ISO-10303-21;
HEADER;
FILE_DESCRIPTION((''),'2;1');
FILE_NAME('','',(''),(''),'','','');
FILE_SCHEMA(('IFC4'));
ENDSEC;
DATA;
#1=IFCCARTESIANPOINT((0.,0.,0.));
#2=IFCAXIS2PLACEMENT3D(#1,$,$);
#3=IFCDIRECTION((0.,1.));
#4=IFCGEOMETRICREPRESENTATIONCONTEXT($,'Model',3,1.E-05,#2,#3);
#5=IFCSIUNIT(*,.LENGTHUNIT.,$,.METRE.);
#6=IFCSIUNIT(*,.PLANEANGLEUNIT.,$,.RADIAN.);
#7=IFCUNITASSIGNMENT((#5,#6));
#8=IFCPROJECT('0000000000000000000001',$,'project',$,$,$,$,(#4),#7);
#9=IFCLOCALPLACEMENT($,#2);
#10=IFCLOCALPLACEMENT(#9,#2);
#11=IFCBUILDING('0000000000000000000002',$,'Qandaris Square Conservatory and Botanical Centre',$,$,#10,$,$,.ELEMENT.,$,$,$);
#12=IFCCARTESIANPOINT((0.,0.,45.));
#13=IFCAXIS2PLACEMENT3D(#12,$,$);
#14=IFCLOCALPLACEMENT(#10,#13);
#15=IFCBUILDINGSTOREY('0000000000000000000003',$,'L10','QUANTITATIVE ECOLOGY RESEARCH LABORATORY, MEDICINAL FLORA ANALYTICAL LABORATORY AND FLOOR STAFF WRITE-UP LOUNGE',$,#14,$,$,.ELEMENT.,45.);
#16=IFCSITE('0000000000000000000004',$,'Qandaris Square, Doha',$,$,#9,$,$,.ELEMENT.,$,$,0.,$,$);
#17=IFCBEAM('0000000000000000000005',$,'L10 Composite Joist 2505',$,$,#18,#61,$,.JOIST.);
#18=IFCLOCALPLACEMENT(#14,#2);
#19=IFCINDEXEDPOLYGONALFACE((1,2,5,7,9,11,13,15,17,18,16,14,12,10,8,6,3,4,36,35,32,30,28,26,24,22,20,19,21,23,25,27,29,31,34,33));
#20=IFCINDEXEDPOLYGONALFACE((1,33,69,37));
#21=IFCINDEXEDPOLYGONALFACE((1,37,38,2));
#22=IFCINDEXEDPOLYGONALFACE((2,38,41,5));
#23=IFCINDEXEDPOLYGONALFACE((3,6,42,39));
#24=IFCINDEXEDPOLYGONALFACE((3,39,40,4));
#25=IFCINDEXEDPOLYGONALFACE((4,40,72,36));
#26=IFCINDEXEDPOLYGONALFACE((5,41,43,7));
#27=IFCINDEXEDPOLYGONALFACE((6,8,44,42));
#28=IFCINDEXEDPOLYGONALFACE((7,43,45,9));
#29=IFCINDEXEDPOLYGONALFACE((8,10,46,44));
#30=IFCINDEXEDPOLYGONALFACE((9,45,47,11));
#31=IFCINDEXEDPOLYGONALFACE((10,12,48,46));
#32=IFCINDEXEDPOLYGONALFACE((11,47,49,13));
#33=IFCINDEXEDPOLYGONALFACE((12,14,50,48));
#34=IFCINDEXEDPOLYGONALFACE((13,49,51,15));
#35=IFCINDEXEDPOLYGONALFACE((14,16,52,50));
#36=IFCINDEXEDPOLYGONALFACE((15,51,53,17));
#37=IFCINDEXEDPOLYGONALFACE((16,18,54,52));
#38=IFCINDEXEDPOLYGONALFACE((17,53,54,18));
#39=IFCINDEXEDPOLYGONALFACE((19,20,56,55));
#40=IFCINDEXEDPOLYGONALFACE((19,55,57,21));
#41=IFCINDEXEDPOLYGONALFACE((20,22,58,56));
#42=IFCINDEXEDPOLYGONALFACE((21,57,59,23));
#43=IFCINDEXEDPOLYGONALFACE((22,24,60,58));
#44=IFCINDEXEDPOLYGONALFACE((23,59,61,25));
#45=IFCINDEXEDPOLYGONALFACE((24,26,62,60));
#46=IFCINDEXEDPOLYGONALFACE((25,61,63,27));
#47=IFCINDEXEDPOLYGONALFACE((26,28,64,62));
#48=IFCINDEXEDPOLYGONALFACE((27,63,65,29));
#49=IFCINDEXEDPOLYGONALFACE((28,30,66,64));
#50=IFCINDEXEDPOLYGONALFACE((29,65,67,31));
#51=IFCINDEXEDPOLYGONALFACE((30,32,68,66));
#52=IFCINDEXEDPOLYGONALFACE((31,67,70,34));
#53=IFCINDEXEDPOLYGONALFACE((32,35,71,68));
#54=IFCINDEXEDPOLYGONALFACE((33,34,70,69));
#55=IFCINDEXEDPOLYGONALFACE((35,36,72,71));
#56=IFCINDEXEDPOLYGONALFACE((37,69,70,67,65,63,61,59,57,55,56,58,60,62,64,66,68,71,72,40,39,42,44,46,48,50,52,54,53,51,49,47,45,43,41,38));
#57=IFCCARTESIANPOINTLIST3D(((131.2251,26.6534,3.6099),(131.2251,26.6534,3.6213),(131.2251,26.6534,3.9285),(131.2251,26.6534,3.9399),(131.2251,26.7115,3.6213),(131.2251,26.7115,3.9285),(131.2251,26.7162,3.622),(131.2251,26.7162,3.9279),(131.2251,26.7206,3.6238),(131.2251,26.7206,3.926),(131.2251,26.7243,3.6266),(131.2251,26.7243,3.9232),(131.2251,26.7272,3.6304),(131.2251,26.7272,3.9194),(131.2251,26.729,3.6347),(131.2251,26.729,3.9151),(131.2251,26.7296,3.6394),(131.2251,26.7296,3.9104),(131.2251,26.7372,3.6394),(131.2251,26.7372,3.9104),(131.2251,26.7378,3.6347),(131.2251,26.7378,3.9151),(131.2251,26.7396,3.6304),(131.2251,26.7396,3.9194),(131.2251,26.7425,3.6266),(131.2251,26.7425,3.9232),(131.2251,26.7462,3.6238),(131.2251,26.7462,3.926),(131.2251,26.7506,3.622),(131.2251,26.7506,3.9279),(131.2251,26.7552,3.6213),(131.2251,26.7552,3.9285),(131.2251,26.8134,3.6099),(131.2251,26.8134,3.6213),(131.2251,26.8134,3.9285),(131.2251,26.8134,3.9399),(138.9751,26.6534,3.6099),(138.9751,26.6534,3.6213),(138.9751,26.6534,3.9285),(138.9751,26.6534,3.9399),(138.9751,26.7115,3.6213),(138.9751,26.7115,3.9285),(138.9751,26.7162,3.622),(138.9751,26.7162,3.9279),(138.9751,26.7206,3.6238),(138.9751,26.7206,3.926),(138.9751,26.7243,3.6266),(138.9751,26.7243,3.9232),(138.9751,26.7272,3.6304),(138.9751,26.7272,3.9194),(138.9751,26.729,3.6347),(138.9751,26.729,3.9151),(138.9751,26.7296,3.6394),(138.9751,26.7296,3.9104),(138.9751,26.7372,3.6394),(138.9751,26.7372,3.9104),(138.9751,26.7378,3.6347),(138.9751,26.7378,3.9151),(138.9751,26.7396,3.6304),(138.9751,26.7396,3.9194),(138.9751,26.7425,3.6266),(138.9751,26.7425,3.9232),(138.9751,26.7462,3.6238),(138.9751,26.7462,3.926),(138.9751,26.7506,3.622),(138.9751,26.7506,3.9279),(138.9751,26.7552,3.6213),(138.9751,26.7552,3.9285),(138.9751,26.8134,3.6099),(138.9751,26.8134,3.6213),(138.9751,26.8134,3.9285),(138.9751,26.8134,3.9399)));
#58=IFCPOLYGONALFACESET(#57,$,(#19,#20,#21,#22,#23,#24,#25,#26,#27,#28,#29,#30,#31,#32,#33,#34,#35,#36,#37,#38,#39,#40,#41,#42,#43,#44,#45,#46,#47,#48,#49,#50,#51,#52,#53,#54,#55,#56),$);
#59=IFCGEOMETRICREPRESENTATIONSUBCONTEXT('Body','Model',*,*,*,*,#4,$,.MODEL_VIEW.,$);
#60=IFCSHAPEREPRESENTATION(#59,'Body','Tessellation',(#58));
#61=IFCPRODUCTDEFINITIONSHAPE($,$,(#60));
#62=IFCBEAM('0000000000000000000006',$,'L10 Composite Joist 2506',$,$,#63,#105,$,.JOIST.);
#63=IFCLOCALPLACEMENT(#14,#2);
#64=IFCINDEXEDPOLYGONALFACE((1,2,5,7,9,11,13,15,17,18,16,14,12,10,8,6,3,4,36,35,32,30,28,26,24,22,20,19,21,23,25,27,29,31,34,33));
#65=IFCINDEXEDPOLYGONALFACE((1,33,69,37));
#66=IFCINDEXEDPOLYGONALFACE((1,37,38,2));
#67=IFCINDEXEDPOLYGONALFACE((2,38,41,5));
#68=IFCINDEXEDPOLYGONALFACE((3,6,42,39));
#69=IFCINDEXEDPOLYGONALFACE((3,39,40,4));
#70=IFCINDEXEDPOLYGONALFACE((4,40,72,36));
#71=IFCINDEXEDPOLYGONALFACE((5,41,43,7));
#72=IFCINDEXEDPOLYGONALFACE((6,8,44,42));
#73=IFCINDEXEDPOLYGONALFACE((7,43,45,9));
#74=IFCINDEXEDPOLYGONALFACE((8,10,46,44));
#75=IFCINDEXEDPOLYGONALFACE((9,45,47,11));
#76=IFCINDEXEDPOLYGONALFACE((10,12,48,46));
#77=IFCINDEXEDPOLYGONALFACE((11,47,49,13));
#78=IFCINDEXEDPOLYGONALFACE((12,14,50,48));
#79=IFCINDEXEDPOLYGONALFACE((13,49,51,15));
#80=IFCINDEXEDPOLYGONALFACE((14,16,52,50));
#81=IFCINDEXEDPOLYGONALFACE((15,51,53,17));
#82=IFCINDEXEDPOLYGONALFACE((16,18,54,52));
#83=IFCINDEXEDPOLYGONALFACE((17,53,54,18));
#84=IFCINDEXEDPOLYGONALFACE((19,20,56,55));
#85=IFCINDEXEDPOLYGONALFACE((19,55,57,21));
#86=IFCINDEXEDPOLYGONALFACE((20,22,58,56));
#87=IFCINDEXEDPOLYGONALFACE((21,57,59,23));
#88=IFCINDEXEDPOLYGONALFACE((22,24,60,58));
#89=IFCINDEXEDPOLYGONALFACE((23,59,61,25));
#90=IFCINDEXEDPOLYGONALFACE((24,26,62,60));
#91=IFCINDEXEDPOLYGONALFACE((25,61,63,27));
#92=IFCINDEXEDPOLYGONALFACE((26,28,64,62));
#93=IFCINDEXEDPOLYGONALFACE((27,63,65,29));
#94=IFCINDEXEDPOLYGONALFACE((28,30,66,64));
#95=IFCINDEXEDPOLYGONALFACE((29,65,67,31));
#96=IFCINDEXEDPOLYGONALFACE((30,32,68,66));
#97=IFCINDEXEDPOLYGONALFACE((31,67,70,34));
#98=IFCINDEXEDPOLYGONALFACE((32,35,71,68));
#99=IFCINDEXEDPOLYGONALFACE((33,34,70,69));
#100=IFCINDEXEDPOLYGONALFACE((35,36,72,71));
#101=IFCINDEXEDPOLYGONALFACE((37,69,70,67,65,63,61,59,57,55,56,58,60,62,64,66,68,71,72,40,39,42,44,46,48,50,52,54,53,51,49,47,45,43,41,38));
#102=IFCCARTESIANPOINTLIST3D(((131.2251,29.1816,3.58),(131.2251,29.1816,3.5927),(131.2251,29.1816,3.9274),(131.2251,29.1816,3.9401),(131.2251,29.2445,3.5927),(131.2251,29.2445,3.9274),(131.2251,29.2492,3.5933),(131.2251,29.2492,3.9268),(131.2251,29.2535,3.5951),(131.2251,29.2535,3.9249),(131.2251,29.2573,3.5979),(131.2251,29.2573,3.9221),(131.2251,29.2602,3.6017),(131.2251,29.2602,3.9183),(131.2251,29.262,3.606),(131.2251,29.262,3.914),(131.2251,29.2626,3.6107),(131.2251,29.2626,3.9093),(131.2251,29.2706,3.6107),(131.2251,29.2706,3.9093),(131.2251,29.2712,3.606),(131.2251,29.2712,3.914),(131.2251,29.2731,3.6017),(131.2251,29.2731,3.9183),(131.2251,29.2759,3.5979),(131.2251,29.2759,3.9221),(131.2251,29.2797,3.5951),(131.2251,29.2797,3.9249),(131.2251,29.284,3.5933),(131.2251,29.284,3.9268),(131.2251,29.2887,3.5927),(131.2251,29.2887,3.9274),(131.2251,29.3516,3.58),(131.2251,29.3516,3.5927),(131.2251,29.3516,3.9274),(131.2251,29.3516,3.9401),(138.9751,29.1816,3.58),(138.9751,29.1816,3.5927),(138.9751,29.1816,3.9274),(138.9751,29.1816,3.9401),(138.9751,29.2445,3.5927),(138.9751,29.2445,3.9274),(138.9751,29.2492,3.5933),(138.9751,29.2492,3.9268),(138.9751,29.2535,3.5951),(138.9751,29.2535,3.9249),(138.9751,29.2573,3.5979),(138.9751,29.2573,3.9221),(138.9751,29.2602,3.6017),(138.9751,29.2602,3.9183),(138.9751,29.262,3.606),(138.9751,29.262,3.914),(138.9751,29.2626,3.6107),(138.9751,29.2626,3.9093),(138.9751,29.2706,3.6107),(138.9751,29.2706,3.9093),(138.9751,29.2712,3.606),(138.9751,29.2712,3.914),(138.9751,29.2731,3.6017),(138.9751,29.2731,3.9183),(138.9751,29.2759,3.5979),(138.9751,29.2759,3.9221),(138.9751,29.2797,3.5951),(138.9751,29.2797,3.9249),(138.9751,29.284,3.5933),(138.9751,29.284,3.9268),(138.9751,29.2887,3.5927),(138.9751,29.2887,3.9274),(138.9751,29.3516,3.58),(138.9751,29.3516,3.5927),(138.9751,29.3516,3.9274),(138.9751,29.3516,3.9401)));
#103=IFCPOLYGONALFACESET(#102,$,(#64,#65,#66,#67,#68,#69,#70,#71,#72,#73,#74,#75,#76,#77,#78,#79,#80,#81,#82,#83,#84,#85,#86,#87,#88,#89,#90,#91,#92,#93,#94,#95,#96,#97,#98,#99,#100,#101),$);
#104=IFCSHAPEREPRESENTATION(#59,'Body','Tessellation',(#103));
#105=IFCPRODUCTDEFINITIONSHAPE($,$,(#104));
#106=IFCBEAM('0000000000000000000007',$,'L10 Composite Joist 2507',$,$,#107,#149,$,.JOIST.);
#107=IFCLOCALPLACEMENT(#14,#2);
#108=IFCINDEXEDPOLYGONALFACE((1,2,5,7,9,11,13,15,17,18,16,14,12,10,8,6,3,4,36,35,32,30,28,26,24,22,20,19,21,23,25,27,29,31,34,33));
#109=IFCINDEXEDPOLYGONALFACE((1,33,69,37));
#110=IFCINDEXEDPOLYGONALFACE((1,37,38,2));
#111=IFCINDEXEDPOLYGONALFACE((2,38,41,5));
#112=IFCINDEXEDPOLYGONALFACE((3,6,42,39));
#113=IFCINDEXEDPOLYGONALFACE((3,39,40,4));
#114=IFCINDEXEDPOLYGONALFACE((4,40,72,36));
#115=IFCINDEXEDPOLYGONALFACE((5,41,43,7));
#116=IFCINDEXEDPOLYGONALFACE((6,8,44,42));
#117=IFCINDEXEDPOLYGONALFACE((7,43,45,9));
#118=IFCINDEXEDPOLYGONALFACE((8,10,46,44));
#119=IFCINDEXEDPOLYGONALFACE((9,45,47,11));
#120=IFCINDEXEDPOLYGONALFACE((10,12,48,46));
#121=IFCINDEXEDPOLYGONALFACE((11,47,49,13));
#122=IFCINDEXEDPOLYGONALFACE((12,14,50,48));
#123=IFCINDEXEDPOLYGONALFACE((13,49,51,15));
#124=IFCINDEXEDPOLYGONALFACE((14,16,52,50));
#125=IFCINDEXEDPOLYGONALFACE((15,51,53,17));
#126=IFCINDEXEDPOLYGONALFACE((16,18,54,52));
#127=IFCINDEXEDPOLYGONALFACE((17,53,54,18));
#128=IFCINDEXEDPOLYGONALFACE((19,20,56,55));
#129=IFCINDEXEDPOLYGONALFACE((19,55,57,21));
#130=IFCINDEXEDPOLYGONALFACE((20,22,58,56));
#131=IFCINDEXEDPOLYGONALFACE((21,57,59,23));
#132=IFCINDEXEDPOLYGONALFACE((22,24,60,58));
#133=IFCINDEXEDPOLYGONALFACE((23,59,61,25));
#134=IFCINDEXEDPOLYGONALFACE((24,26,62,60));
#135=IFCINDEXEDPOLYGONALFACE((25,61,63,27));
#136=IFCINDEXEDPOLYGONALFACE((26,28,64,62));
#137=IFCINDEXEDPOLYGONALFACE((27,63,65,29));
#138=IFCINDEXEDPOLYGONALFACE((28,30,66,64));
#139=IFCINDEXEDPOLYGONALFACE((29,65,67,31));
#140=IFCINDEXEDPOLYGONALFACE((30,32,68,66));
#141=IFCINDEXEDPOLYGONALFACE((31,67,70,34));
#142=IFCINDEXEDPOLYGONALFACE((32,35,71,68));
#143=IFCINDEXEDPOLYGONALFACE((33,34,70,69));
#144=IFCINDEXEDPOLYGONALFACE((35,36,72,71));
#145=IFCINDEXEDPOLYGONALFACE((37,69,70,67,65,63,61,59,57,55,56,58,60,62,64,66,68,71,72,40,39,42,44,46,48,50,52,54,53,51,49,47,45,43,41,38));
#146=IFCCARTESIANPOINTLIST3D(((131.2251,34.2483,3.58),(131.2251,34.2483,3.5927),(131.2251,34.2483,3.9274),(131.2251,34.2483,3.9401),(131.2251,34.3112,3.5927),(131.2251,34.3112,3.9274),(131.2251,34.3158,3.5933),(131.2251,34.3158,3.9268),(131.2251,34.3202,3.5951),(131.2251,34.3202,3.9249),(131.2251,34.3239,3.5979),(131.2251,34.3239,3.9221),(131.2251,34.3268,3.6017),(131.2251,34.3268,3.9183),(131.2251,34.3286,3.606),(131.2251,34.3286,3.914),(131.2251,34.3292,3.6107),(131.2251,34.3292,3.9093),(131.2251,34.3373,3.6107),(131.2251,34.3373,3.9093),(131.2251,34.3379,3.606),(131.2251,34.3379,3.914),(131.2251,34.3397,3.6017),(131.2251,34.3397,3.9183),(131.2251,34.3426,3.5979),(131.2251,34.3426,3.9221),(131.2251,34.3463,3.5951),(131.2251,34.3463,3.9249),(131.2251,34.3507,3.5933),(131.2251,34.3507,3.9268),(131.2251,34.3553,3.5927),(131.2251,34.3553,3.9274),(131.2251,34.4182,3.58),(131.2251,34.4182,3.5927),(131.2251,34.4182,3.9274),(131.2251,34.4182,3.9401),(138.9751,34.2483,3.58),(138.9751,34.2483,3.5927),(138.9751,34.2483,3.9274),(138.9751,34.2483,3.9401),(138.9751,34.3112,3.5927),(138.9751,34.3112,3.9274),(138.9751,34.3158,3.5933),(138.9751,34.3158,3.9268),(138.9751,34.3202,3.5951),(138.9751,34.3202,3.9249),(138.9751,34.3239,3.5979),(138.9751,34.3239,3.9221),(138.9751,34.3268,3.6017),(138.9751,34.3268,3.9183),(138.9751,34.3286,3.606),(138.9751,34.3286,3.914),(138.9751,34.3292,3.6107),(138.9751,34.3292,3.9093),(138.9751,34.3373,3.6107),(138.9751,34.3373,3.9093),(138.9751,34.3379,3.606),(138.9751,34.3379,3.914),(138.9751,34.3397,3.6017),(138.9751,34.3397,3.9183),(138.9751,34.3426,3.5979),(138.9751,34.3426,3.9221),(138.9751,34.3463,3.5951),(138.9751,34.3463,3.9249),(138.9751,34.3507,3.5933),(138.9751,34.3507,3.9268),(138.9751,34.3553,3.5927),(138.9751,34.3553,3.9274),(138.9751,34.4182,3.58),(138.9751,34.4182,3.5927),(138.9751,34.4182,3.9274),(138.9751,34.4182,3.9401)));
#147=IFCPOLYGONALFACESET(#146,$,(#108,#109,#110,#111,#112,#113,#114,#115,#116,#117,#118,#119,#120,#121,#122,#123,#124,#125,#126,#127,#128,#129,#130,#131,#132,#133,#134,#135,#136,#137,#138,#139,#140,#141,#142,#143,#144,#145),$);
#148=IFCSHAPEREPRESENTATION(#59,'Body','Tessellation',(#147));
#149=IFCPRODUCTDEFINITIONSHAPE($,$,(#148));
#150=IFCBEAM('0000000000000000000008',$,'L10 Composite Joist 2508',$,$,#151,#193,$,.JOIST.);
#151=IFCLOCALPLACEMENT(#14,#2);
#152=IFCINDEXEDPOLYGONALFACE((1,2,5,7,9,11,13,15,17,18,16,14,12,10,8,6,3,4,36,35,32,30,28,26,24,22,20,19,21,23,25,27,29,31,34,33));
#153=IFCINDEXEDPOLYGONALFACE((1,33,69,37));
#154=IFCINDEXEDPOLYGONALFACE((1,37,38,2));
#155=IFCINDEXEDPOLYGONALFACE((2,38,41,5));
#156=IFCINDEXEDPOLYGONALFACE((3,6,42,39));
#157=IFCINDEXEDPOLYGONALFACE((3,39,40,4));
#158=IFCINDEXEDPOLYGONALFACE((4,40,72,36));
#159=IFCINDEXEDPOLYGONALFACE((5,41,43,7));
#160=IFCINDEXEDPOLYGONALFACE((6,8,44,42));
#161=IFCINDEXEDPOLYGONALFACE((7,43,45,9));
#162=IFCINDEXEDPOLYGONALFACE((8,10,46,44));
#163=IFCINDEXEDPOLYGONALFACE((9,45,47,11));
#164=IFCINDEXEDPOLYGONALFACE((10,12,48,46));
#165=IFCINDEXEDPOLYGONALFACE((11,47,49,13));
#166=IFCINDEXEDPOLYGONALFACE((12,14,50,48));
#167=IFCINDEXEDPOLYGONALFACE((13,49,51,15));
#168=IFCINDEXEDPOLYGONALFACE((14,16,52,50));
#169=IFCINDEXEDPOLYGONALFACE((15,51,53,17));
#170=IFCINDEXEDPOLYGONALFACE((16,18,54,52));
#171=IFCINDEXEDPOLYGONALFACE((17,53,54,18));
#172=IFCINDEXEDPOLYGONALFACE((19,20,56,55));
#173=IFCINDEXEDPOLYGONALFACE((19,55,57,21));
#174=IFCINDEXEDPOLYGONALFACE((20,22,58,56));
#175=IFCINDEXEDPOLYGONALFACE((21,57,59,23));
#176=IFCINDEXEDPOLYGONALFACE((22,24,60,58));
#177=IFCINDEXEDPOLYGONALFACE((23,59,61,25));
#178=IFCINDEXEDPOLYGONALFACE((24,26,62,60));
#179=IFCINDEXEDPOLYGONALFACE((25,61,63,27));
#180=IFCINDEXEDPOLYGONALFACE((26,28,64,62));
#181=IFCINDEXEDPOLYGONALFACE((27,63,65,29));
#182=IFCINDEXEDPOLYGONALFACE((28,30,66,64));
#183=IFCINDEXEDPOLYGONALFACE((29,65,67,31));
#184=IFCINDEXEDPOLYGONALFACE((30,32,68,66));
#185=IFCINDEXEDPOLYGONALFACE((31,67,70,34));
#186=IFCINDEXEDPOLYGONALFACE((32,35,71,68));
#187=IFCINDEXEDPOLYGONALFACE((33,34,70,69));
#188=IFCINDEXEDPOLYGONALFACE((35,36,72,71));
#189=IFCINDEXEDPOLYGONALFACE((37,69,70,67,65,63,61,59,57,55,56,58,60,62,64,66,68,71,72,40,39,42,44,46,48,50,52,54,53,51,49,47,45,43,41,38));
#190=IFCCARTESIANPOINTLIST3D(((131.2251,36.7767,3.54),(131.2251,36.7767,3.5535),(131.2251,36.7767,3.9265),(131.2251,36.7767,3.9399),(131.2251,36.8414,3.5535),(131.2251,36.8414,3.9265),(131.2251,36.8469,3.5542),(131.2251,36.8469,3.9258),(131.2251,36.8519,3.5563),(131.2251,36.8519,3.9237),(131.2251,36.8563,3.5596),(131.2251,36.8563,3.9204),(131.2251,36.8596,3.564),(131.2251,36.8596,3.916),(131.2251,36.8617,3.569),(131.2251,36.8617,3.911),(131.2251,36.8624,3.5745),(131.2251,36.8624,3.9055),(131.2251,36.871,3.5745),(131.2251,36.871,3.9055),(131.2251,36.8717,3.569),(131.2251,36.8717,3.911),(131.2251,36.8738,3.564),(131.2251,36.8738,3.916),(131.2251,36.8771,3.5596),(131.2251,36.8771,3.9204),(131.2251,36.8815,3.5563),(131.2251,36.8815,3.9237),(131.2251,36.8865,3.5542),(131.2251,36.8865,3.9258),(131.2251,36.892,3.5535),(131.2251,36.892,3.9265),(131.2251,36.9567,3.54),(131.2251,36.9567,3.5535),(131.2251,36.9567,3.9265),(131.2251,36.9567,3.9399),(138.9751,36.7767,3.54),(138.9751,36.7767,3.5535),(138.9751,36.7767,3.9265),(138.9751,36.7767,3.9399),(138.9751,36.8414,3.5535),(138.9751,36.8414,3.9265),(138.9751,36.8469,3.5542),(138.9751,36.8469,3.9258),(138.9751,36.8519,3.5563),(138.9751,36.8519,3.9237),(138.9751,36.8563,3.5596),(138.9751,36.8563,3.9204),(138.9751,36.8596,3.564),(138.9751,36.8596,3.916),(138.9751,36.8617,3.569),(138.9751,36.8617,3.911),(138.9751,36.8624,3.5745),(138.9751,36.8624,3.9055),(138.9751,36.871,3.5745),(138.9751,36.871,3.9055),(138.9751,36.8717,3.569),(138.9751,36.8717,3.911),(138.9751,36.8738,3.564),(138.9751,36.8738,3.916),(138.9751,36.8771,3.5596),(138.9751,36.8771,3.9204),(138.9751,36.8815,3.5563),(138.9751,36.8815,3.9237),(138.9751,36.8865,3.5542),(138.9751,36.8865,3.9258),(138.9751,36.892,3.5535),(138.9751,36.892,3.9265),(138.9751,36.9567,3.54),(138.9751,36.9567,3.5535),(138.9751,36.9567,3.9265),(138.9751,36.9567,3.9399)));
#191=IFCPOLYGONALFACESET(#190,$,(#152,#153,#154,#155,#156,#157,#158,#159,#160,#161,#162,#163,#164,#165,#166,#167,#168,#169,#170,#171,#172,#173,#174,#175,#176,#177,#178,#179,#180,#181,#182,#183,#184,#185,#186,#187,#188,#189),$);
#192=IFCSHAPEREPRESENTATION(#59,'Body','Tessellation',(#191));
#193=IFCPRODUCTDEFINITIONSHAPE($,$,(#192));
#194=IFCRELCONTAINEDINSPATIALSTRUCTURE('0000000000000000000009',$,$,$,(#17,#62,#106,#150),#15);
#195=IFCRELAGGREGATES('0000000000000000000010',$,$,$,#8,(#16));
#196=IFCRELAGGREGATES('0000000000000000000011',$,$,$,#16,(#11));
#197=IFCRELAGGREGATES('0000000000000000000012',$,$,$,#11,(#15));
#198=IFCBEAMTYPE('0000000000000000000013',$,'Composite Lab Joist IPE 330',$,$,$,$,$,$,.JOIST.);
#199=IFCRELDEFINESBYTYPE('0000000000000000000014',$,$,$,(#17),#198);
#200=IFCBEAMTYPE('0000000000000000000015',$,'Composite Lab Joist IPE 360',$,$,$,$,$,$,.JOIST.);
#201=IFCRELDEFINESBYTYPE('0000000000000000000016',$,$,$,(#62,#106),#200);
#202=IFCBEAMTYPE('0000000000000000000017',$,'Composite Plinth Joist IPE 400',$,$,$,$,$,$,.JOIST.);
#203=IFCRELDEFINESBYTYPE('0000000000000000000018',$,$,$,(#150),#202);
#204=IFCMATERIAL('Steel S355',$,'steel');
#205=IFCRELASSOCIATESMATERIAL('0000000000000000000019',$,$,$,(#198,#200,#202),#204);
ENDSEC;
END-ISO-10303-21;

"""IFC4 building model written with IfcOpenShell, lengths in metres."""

from ifc_helpers import new_model, si_unit, direction, frame, origin, origin_2d, place, context, subcontext, project, spatial, i_section, extrude, material, material_profile, profile_set, type_object, element, save


model = new_model("IFC4")

# Units and contexts
model_context = context("Model", 3, precision=1e-05, world=origin(), true_north=direction((0.0, 1.0)))
body_context = subcontext(model_context, "Body", "Model", "MODEL_VIEW")
ifc_project = project(units=[si_unit("LENGTHUNIT", "METRE"), si_unit("PLANEANGLEUNIT", "RADIAN")], contexts=[model_context])

# Site, building, storey
site_placement = place(None, origin())
site = spatial("IfcSite", under=ifc_project, at=site_placement, Name="Qandaris Square, Doha", CompositionType="ELEMENT", RefElevation=0.0)
building_placement = place(site_placement, origin())
building = spatial("IfcBuilding", under=site, at=building_placement, Name="Qandaris Square Conservatory and Botanical Centre", CompositionType="ELEMENT")
storey_placement = place(building_placement, frame((0.0, 0.0, 45.0)))
storey = spatial("IfcBuildingStorey", under=building, at=storey_placement, Name="L10", Description="QUANTITATIVE ECOLOGY RESEARCH LABORATORY, MEDICINAL FLORA ANALYTICAL LABORATORY AND FLOOR STAFF WRITE-UP LOUNGE", CompositionType="ELEMENT", Elevation=45.0)

# Beams
ifc_material_1 = material(Name="Steel S355", Category="steel")
ifc_material_profile_1 = material_profile(ifc_material_1, i_section(OverallWidth=0.1599, OverallDepth=0.3301, WebThickness=0.0076, FlangeThickness=0.0115, FilletRadius=0.0181, at=origin_2d()), Name="IPE 330")
ifc_profile_set_1 = profile_set([ifc_material_profile_1], Name="Steel S355")
beam_type_1 = type_object("IfcBeamType", Name="Composite Lab Joist IPE 330", PredefinedType="JOIST", material=ifc_profile_set_1)
for number, where, z_axis, x_axis, name in (
    (1, (131.2251, 26.7334, 3.7749), (1.0, 0.0, 0.0), (0.0, 1.0, 0.0), "L10 Composite Joist 2505"),
):
    element("IfcBeam", number, at=place(storey_placement, frame(where, z_axis=z_axis, x_axis=x_axis)), inside=storey, type_object=beam_type_1, Name=name, PredefinedType="JOIST", context=body_context, shape_type="SweptSolid", body=[
        extrude(i_section(OverallWidth=0.1599, OverallDepth=0.3301, WebThickness=0.0076, FlangeThickness=0.0115, FilletRadius=0.0181, at=origin_2d()), origin(), (0.0, 0.0, 1.0), 7.75),
    ])
ifc_material_profile_2 = material_profile(ifc_material_1, i_section(OverallWidth=0.1699, OverallDepth=0.3601, WebThickness=0.0081, FlangeThickness=0.0127, FilletRadius=0.0181, at=origin_2d()), Name="IPE 360")
ifc_profile_set_2 = profile_set([ifc_material_profile_2], Name="Steel S355")
beam_type_2 = type_object("IfcBeamType", Name="Composite Lab Joist IPE 360", PredefinedType="JOIST", material=ifc_profile_set_2)
for number, where, z_axis, x_axis, name in (
    (2, (131.2251, 29.2666, 3.76), (1.0, 0.0, 0.0), (0.0, 1.0, 0.0), "L10 Composite Joist 2506"),
    (3, (131.2251, 34.3333, 3.76), (1.0, 0.0, 0.0), (0.0, 1.0, 0.0), "L10 Composite Joist 2507"),
):
    element("IfcBeam", number, at=place(storey_placement, frame(where, z_axis=z_axis, x_axis=x_axis)), inside=storey, type_object=beam_type_2, Name=name, PredefinedType="JOIST", context=body_context, shape_type="SweptSolid", body=[
        extrude(i_section(OverallWidth=0.1699, OverallDepth=0.3601, WebThickness=0.0081, FlangeThickness=0.0127, FilletRadius=0.0181, at=origin_2d()), origin(), (0.0, 0.0, 1.0), 7.75),
    ])
ifc_material_profile_3 = material_profile(ifc_material_1, i_section(OverallWidth=0.1799, OverallDepth=0.3999, WebThickness=0.0085, FlangeThickness=0.0134, FilletRadius=0.021, at=origin_2d()), Name="IPE 400")
ifc_profile_set_3 = profile_set([ifc_material_profile_3], Name="Steel S355")
beam_type_3 = type_object("IfcBeamType", Name="Composite Plinth Joist IPE 400", PredefinedType="JOIST", material=ifc_profile_set_3)
beam_1_placement = place(storey_placement, frame((131.2251, 36.8667, 3.74), z_axis=(1.0, 0.0, 0.0), x_axis=(0.0, 1.0, 0.0)))
element("IfcBeam", 4, at=beam_1_placement, inside=storey, type_object=beam_type_3, Name="L10 Composite Joist 2508", PredefinedType="JOIST", context=body_context, shape_type="SweptSolid", body=[
    extrude(i_section(OverallWidth=0.1799, OverallDepth=0.3999, WebThickness=0.0085, FlangeThickness=0.0134, FilletRadius=0.021, at=origin_2d()), origin(), (0.0, 0.0, 1.0), 7.75),
])

save(model, "model.ifc")
